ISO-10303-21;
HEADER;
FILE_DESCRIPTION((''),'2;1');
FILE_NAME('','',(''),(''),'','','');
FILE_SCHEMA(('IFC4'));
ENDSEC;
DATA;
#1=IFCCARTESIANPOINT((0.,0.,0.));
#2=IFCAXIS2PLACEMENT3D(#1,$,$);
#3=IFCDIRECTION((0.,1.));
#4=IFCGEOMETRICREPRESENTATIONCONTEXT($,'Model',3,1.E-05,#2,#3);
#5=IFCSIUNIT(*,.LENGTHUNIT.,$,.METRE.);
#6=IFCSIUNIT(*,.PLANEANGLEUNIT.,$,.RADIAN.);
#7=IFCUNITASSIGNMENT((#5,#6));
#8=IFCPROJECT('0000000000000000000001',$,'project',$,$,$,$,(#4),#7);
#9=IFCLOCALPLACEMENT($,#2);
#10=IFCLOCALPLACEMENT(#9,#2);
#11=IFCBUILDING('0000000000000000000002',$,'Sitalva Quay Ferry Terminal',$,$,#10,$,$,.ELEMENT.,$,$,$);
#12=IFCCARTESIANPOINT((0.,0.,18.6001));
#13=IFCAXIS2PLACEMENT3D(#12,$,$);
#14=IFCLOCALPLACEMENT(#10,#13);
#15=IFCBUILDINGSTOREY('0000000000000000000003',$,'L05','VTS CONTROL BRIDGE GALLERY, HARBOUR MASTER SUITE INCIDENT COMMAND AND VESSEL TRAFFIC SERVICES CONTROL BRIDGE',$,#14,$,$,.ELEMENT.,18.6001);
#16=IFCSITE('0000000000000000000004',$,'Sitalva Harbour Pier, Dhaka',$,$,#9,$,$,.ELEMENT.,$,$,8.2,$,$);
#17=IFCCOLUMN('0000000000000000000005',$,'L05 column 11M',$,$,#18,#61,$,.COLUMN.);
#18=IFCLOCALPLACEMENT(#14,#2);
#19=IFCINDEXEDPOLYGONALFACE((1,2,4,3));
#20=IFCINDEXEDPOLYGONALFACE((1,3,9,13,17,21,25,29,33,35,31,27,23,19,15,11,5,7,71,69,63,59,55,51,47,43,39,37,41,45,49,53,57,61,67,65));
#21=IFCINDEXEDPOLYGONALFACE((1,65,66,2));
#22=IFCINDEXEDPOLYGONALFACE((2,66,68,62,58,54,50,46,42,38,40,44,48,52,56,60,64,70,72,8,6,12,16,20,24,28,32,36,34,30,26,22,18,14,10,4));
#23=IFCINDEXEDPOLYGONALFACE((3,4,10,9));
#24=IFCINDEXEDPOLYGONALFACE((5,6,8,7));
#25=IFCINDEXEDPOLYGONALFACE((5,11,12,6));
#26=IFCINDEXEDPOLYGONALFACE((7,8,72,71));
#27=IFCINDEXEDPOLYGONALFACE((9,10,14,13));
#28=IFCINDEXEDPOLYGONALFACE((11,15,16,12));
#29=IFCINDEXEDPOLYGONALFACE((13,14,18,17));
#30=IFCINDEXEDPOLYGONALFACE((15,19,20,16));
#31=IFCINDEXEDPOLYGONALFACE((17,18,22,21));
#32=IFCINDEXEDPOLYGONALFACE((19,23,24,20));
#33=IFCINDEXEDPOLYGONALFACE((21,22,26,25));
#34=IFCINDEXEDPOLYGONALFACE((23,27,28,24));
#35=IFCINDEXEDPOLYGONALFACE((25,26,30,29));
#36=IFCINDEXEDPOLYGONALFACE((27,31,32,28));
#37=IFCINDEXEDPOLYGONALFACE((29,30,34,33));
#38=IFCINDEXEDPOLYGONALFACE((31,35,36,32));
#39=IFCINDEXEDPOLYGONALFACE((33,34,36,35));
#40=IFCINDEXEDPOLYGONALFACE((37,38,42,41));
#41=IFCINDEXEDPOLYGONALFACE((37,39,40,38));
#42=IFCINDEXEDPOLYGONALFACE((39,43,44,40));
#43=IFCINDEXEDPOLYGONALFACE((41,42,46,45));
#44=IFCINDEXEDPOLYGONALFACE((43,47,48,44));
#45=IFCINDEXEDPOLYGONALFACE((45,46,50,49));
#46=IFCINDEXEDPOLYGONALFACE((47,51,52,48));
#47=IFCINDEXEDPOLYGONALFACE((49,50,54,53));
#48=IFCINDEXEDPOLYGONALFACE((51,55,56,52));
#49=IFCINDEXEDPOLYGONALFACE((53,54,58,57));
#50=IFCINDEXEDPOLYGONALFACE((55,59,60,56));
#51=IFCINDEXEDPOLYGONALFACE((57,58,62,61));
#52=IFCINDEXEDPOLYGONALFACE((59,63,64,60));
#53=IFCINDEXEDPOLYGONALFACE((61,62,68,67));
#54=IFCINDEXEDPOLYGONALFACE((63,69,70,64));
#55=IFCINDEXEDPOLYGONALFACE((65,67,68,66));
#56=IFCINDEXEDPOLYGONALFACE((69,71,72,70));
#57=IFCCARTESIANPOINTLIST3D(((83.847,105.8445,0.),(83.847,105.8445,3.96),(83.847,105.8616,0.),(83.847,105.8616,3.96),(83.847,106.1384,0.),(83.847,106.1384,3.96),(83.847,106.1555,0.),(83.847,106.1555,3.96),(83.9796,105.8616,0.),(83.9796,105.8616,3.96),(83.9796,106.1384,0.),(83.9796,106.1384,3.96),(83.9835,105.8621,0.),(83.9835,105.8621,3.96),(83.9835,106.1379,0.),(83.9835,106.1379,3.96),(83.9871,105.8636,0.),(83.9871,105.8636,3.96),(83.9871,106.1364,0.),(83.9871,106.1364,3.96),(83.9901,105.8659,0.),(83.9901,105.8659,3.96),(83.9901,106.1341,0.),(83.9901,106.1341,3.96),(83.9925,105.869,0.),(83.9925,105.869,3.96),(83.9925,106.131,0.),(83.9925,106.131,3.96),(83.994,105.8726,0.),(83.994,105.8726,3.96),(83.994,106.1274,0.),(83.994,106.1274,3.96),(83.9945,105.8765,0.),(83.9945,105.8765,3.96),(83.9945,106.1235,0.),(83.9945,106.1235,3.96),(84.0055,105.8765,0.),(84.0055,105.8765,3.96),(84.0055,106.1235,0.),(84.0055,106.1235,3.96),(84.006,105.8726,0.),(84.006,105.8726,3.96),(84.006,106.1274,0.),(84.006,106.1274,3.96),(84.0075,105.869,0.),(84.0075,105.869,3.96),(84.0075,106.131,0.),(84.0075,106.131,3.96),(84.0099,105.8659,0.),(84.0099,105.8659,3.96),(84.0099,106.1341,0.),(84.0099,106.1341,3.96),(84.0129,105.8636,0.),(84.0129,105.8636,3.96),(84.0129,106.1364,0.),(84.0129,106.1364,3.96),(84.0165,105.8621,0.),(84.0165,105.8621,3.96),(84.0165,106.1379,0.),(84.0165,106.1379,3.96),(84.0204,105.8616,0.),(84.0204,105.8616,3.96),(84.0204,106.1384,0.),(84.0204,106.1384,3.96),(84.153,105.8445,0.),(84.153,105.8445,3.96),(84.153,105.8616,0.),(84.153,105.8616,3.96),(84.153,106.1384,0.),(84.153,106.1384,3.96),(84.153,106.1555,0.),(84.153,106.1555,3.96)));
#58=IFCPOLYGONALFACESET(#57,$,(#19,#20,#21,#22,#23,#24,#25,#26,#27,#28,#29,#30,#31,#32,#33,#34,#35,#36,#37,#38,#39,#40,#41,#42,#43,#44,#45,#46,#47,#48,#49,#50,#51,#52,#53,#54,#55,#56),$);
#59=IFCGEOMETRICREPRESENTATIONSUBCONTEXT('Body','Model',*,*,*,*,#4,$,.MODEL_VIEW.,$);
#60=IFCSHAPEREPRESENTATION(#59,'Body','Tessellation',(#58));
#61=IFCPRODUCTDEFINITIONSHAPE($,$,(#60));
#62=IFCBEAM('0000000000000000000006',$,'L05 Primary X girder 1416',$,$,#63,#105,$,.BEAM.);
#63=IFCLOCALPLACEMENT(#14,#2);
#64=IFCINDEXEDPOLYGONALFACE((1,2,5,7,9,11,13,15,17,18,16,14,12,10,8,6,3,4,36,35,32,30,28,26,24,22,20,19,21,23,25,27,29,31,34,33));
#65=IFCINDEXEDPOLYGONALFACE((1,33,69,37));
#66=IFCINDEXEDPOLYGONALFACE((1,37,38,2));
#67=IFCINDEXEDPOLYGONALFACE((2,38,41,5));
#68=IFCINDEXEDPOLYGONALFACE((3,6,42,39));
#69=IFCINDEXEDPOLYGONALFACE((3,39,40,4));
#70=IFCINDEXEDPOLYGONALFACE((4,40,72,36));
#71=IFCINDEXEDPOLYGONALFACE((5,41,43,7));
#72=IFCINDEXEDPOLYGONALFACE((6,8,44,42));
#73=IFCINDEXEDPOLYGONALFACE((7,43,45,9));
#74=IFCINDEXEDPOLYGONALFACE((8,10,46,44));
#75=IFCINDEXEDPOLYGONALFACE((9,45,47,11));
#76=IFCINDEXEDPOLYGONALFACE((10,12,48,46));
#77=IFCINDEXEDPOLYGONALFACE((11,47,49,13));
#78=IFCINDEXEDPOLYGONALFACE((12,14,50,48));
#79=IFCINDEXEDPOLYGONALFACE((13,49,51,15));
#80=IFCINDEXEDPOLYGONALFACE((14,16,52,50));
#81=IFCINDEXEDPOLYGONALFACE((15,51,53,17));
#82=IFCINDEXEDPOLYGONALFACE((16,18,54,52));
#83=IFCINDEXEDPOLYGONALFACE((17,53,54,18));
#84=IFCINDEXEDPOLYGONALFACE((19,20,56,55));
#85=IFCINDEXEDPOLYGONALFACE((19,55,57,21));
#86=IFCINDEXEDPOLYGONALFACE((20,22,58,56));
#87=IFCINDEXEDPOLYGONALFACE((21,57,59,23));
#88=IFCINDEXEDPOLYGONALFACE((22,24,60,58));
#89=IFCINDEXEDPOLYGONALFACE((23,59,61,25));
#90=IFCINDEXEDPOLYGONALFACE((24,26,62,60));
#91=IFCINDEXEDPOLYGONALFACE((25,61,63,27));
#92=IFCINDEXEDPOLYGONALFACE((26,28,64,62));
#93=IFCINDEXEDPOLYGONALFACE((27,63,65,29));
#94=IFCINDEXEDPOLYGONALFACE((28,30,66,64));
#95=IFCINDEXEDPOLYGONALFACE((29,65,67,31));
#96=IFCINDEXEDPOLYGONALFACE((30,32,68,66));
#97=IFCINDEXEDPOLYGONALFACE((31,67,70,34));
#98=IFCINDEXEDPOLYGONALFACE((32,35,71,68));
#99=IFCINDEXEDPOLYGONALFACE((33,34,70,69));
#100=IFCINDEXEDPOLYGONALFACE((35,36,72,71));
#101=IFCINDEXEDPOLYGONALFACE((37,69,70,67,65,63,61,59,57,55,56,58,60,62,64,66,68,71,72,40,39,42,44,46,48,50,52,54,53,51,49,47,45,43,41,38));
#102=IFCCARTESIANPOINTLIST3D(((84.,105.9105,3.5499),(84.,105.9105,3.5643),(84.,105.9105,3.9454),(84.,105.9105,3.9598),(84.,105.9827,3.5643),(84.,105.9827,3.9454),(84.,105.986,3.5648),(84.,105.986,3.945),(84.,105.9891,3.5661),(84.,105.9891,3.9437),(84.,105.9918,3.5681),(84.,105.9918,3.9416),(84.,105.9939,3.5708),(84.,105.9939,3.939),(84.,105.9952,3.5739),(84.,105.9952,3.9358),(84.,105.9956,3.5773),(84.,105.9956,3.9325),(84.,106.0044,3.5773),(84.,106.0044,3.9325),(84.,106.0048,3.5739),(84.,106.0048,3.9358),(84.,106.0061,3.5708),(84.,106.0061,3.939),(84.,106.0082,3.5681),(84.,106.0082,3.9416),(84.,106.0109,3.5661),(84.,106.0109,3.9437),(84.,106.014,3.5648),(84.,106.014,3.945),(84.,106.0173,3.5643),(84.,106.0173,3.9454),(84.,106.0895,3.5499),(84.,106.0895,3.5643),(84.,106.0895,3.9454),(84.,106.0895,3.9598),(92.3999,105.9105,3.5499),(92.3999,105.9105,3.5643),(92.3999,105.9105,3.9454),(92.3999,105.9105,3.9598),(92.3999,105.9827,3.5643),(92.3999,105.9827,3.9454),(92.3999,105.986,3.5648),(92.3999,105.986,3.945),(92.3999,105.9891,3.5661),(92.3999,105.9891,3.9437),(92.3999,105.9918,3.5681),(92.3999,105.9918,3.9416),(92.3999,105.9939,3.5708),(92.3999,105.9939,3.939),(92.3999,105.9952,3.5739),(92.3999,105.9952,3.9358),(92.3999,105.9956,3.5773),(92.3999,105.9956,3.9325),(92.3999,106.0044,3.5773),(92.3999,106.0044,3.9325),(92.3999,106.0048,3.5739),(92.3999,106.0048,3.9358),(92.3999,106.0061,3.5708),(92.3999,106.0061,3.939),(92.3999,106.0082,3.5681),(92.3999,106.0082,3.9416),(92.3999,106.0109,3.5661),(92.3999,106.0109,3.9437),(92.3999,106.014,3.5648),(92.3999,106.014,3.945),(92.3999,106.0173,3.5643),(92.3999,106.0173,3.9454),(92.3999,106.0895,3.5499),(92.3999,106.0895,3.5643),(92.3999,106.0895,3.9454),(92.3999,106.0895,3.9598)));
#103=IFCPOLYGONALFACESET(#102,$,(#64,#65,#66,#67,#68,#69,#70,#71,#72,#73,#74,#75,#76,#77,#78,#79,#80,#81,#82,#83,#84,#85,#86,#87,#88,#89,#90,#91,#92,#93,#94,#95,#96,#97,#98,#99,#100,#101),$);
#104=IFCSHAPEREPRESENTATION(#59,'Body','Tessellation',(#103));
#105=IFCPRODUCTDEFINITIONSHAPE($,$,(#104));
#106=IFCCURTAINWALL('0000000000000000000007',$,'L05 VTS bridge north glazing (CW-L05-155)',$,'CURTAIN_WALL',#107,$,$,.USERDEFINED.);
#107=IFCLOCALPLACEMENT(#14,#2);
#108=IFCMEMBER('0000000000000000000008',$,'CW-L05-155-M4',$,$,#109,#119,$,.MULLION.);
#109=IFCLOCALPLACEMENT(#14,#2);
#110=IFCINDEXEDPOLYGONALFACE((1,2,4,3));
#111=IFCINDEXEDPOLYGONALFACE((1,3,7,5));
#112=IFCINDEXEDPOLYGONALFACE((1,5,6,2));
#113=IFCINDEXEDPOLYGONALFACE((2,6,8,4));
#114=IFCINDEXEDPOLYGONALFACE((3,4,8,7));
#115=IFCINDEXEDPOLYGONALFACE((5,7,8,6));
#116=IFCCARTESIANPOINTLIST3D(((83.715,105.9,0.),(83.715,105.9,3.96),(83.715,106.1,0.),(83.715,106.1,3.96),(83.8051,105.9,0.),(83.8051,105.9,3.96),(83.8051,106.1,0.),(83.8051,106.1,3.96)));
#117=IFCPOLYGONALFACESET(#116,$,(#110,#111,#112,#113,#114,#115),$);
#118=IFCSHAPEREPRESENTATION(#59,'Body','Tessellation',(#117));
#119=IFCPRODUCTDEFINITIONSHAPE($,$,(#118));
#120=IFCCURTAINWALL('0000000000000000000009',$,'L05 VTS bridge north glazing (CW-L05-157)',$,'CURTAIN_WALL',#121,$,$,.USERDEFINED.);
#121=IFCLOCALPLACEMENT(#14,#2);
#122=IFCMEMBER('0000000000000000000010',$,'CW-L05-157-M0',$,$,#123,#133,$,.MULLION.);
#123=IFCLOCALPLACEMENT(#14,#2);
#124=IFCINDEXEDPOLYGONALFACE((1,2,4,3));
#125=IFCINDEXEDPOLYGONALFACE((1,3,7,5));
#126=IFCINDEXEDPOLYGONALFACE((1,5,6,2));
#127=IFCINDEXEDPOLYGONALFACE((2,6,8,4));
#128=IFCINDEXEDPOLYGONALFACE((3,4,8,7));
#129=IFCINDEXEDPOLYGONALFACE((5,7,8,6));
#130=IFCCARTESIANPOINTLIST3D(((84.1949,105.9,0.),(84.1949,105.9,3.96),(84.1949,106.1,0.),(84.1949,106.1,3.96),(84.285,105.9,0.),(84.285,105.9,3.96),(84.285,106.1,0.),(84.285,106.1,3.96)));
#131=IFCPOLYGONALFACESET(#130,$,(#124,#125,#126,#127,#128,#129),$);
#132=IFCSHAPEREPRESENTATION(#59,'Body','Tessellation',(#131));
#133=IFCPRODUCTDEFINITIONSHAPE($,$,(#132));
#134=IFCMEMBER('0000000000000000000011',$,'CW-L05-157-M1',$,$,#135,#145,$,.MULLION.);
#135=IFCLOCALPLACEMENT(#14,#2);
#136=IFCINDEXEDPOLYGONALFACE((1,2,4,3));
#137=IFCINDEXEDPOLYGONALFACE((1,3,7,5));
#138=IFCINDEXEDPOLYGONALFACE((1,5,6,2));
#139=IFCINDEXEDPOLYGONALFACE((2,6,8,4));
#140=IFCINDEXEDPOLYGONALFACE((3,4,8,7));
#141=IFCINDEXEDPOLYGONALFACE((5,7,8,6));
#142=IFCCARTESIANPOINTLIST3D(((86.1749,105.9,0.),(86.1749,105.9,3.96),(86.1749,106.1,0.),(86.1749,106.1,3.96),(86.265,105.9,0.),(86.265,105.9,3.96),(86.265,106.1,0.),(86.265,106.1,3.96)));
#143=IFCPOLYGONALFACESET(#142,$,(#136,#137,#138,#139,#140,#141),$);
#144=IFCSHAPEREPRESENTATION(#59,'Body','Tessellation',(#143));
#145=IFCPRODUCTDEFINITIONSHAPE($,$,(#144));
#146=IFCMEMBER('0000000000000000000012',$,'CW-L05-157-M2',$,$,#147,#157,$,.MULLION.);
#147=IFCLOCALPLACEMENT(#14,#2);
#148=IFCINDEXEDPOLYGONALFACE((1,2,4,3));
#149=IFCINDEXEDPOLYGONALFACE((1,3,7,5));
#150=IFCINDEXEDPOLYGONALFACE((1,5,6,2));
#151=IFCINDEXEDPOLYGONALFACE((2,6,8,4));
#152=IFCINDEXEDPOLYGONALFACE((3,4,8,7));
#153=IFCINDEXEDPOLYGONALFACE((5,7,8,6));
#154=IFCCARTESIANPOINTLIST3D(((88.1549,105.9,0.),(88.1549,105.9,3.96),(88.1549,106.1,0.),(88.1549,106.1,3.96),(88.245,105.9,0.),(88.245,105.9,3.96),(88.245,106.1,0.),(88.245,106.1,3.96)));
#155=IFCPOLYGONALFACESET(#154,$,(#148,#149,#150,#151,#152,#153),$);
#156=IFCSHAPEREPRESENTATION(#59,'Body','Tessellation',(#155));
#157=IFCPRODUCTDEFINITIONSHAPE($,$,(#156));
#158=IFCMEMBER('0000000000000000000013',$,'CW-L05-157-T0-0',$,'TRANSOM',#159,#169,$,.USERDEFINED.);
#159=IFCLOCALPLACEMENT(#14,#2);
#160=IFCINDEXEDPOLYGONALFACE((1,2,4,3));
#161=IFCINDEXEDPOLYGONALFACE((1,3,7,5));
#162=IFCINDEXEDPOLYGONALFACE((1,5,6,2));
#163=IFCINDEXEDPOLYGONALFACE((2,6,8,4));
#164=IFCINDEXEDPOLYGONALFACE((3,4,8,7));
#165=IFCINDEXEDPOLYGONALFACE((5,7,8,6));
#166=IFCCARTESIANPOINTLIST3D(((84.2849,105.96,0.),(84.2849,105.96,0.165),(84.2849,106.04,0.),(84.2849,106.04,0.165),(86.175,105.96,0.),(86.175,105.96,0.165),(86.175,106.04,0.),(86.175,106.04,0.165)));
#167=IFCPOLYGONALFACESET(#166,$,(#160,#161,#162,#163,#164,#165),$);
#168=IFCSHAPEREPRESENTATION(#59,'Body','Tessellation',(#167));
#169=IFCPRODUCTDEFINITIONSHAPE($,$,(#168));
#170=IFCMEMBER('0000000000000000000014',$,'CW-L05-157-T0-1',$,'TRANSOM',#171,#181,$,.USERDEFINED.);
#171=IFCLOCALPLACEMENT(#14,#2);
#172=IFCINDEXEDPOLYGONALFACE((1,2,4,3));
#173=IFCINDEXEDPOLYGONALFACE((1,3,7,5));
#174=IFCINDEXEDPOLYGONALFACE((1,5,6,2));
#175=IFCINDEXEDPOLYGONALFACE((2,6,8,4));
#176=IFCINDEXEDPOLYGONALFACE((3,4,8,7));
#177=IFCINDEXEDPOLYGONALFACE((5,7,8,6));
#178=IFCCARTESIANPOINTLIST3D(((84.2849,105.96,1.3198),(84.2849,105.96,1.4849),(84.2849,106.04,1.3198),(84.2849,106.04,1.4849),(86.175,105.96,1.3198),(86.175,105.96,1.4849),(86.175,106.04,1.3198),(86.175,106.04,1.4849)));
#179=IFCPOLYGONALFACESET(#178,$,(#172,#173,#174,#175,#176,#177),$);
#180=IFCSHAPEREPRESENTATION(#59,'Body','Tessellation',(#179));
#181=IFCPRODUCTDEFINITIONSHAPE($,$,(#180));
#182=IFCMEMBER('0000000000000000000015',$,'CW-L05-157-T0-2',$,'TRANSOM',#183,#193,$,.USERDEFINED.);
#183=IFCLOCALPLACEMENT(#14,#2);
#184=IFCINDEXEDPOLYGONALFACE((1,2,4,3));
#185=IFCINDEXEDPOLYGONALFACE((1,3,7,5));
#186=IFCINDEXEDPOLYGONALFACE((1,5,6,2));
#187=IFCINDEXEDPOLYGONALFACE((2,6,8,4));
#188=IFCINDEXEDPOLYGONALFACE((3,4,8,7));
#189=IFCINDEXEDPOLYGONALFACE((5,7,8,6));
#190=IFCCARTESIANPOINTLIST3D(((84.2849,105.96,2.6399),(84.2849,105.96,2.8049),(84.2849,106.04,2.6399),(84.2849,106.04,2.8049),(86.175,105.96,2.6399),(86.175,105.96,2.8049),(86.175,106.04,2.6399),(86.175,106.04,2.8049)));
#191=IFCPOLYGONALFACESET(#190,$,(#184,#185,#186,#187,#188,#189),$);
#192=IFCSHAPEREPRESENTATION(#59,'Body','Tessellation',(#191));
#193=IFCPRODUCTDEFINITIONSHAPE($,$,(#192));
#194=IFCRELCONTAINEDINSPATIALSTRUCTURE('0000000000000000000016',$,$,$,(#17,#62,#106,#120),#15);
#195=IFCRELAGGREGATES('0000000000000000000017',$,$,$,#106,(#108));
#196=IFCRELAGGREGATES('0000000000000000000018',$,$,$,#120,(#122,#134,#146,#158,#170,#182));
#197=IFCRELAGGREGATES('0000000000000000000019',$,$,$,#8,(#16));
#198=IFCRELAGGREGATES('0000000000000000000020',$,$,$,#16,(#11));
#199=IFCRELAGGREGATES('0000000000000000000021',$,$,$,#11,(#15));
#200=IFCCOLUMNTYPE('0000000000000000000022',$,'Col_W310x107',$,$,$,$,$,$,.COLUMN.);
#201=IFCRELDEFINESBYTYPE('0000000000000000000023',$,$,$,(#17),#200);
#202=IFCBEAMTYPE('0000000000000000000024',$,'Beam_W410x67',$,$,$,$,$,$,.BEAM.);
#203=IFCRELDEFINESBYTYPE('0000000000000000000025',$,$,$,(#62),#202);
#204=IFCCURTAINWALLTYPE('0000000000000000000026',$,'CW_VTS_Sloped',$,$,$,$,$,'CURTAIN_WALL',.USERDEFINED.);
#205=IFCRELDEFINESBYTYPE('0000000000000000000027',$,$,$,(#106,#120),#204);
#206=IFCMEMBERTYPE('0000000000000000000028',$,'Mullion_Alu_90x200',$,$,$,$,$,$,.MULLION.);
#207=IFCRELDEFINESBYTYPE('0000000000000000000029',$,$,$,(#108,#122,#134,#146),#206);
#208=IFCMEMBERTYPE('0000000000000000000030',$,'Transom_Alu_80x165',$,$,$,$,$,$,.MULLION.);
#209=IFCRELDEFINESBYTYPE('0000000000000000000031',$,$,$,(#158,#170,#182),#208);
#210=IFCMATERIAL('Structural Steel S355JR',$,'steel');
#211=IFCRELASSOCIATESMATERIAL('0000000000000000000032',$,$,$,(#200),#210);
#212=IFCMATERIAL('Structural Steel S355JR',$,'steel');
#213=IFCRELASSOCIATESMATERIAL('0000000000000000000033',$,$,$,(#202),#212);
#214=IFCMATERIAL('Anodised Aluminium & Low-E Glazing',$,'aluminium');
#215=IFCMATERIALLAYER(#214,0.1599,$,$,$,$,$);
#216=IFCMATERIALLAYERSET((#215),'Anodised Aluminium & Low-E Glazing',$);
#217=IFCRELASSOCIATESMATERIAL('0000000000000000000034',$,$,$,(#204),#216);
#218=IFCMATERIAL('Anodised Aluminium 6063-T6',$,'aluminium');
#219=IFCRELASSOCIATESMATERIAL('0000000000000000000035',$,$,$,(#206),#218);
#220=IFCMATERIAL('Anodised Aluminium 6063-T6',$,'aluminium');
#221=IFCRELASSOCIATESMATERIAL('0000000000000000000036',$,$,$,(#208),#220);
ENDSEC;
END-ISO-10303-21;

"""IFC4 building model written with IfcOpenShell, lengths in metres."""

from ifc_helpers import new_model, si_unit, direction, frame, origin, origin_2d, place, context, subcontext, project, spatial, rectangle, i_section, extrude, material, layer, layer_set, material_profile, profile_set, type_object, element, aggregate, save


model = new_model("IFC4")

# Units and contexts
model_context = context("Model", 3, precision=1e-05, world=origin(), true_north=direction((0.0, 1.0)))
body_context = subcontext(model_context, "Body", "Model", "MODEL_VIEW")
ifc_project = project(units=[si_unit("LENGTHUNIT", "METRE"), si_unit("PLANEANGLEUNIT", "RADIAN")], contexts=[model_context])

# Site, building, storey
site_placement = place(None, origin())
site = spatial("IfcSite", under=ifc_project, at=site_placement, Name="Sitalva Harbour Pier, Dhaka", CompositionType="ELEMENT", RefElevation=8.2)
building_placement = place(site_placement, origin())
building = spatial("IfcBuilding", under=site, at=building_placement, Name="Sitalva Quay Ferry Terminal", CompositionType="ELEMENT")
storey_placement = place(building_placement, frame((0.0, 0.0, 18.6001)))
storey = spatial("IfcBuildingStorey", under=building, at=storey_placement, Name="L05", Description="VTS CONTROL BRIDGE GALLERY, HARBOUR MASTER SUITE INCIDENT COMMAND AND VESSEL TRAFFIC SERVICES CONTROL BRIDGE", CompositionType="ELEMENT", Elevation=18.6001)

# Column
ifc_material_1 = material(Name="Structural Steel S355JR", Category="steel")
ifc_material_profile_1 = material_profile(ifc_material_1, i_section(OverallWidth=0.3059, OverallDepth=0.311, WebThickness=0.011, FlangeThickness=0.0171, FilletRadius=0.0149, at=origin_2d()), Name="W310x107")
ifc_profile_set_1 = profile_set([ifc_material_profile_1], Name="Structural Steel S355JR")
column_type = type_object("IfcColumnType", Name="Col_W310x107", PredefinedType="COLUMN", material=ifc_profile_set_1)
column_placement = place(storey_placement, frame((84.0, 106.0, 0.0), z_axis=(0.0, 0.0, 1.0), x_axis=(1.0, 0.0, 0.0)))
element("IfcColumn", 1, at=column_placement, inside=storey, type_object=column_type, Name="L05 column 11M", PredefinedType="COLUMN", context=body_context, shape_type="SweptSolid", body=[
    extrude(i_section(OverallWidth=0.3059, OverallDepth=0.311, WebThickness=0.011, FlangeThickness=0.0171, FilletRadius=0.0149, at=origin_2d()), origin(), (0.0, 0.0, 1.0), 3.96),
])

# Beam
ifc_material_2 = material(Name="Structural Steel S355JR", Category="steel")
ifc_material_profile_2 = material_profile(ifc_material_2, i_section(OverallWidth=0.179, OverallDepth=0.4099, WebThickness=0.0088, FlangeThickness=0.0144, FilletRadius=0.0129, at=origin_2d()), Name="W410x67")
ifc_profile_set_2 = profile_set([ifc_material_profile_2], Name="Structural Steel S355JR")
beam_type = type_object("IfcBeamType", Name="Beam_W410x67", PredefinedType="BEAM", material=ifc_profile_set_2)
beam_placement = place(storey_placement, frame((84.0, 106.0, 3.7549), z_axis=(1.0, 0.0, 0.0), x_axis=(0.0, 1.0, 0.0)))
element("IfcBeam", 2, at=beam_placement, inside=storey, type_object=beam_type, Name="L05 Primary X girder 1416", PredefinedType="BEAM", context=body_context, shape_type="SweptSolid", body=[
    extrude(i_section(OverallWidth=0.179, OverallDepth=0.4099, WebThickness=0.0088, FlangeThickness=0.0144, FilletRadius=0.0129, at=origin_2d()), origin(), (0.0, 0.0, 1.0), 8.3999),
])

# Curtain wall, member
ifc_material_3 = material(Name="Anodised Aluminium & Low-E Glazing", Category="aluminium")
ifc_layer_1 = layer(ifc_material_3, 0.1599)
ifc_layer_set_1 = layer_set([ifc_layer_1], Name="Anodised Aluminium & Low-E Glazing")
curtain_wall_type = type_object("IfcCurtainWallType", Name="CW_VTS_Sloped", ElementType="CURTAIN_WALL", PredefinedType="USERDEFINED", material=ifc_layer_set_1)
curtain_wall_1_placement = place(storey_placement, origin())
curtain_wall_1 = element("IfcCurtainWall", 3, at=curtain_wall_1_placement, inside=storey, type_object=curtain_wall_type, Name="L05 VTS bridge north glazing (CW-L05-155)", ObjectType="CURTAIN_WALL", PredefinedType="USERDEFINED")
ifc_material_4 = material(Name="Anodised Aluminium 6063-T6", Category="aluminium")
ifc_material_profile_3 = material_profile(ifc_material_4, rectangle(XDim=0.0901, YDim=0.2, at=origin_2d()), Name="ALU90x200")
ifc_profile_set_3 = profile_set([ifc_material_profile_3], Name="Anodised Aluminium 6063-T6")
member_type_1 = type_object("IfcMemberType", Name="Mullion_Alu_90x200", PredefinedType="MULLION", material=ifc_profile_set_3)
member_1_placement = place(storey_placement, frame((83.76, 106.0, 0.0), z_axis=(0.0, 0.0, 1.0), x_axis=(1.0, 0.0, 0.0)))
member_1 = element("IfcMember", 4, at=member_1_placement, type_object=member_type_1, Name="CW-L05-155-M4", PredefinedType="MULLION", context=body_context, shape_type="SweptSolid", body=[
    extrude(rectangle(XDim=0.0901, YDim=0.2, at=origin_2d()), origin(), (0.0, 0.0, 1.0), 3.96),
])

# Curtain wall, members
curtain_wall_2_placement = place(storey_placement, origin())
curtain_wall_2 = element("IfcCurtainWall", 5, at=curtain_wall_2_placement, inside=storey, type_object=curtain_wall_type, Name="L05 VTS bridge north glazing (CW-L05-157)", ObjectType="CURTAIN_WALL", PredefinedType="USERDEFINED")
member_2_placement = place(storey_placement, frame((84.24, 106.0, 0.0), z_axis=(0.0, 0.0, 1.0), x_axis=(1.0, 0.0, 0.0)))
member_2 = element("IfcMember", 6, at=member_2_placement, type_object=member_type_1, Name="CW-L05-157-M0", PredefinedType="MULLION", context=body_context, shape_type="SweptSolid", body=[
    extrude(rectangle(XDim=0.0901, YDim=0.2, at=origin_2d()), origin(), (0.0, 0.0, 1.0), 3.96),
])
member_3_placement = place(storey_placement, frame((86.22, 106.0, 0.0), z_axis=(0.0, 0.0, 1.0), x_axis=(1.0, 0.0, 0.0)))
member_3 = element("IfcMember", 7, at=member_3_placement, type_object=member_type_1, Name="CW-L05-157-M1", PredefinedType="MULLION", context=body_context, shape_type="SweptSolid", body=[
    extrude(rectangle(XDim=0.0901, YDim=0.2, at=origin_2d()), origin(), (0.0, 0.0, 1.0), 3.96),
])
member_4_placement = place(storey_placement, frame((88.2, 106.0, 0.0), z_axis=(0.0, 0.0, 1.0), x_axis=(1.0, 0.0, 0.0)))
member_4 = element("IfcMember", 8, at=member_4_placement, type_object=member_type_1, Name="CW-L05-157-M2", PredefinedType="MULLION", context=body_context, shape_type="SweptSolid", body=[
    extrude(rectangle(XDim=0.0901, YDim=0.2, at=origin_2d()), origin(), (0.0, 0.0, 1.0), 3.96),
])
ifc_material_5 = material(Name="Anodised Aluminium 6063-T6", Category="aluminium")
ifc_material_profile_4 = material_profile(ifc_material_5, rectangle(XDim=0.0801, YDim=0.165, at=origin_2d()), Name="ALU80x165")
ifc_profile_set_4 = profile_set([ifc_material_profile_4], Name="Anodised Aluminium 6063-T6")
member_type_2 = type_object("IfcMemberType", Name="Transom_Alu_80x165", PredefinedType="MULLION", material=ifc_profile_set_4)
member_5_placement = place(storey_placement, frame((84.2849, 106.0, 0.0825), z_axis=(1.0, 0.0, 0.0), x_axis=(0.0, 1.0, 0.0)))
member_5 = element("IfcMember", 9, at=member_5_placement, type_object=member_type_2, Name="CW-L05-157-T0-0", ObjectType="TRANSOM", PredefinedType="USERDEFINED", context=body_context, shape_type="SweptSolid", body=[
    extrude(rectangle(XDim=0.0801, YDim=0.165, at=origin_2d()), origin(), (0.0, 0.0, 1.0), 1.8901),
])
member_6_placement = place(storey_placement, frame((84.2849, 106.0, 1.4023), z_axis=(1.0, 0.0, 0.0), x_axis=(0.0, 1.0, 0.0)))
member_6 = element("IfcMember", 10, at=member_6_placement, type_object=member_type_2, Name="CW-L05-157-T0-1", ObjectType="TRANSOM", PredefinedType="USERDEFINED", context=body_context, shape_type="SweptSolid", body=[
    extrude(rectangle(XDim=0.0801, YDim=0.165, at=origin_2d()), origin(), (0.0, 0.0, 1.0), 1.8901),
])
member_7_placement = place(storey_placement, frame((84.2849, 106.0, 2.7224), z_axis=(1.0, 0.0, 0.0), x_axis=(0.0, 1.0, 0.0)))
member_7 = element("IfcMember", 11, at=member_7_placement, type_object=member_type_2, Name="CW-L05-157-T0-2", ObjectType="TRANSOM", PredefinedType="USERDEFINED", context=body_context, shape_type="SweptSolid", body=[
    extrude(rectangle(XDim=0.0801, YDim=0.165, at=origin_2d()), origin(), (0.0, 0.0, 1.0), 1.8901),
])

aggregate(curtain_wall_1, [member_1])
aggregate(curtain_wall_2, [member_2, member_3, member_4, member_5, member_6, member_7])

save(model, "model.ifc")
